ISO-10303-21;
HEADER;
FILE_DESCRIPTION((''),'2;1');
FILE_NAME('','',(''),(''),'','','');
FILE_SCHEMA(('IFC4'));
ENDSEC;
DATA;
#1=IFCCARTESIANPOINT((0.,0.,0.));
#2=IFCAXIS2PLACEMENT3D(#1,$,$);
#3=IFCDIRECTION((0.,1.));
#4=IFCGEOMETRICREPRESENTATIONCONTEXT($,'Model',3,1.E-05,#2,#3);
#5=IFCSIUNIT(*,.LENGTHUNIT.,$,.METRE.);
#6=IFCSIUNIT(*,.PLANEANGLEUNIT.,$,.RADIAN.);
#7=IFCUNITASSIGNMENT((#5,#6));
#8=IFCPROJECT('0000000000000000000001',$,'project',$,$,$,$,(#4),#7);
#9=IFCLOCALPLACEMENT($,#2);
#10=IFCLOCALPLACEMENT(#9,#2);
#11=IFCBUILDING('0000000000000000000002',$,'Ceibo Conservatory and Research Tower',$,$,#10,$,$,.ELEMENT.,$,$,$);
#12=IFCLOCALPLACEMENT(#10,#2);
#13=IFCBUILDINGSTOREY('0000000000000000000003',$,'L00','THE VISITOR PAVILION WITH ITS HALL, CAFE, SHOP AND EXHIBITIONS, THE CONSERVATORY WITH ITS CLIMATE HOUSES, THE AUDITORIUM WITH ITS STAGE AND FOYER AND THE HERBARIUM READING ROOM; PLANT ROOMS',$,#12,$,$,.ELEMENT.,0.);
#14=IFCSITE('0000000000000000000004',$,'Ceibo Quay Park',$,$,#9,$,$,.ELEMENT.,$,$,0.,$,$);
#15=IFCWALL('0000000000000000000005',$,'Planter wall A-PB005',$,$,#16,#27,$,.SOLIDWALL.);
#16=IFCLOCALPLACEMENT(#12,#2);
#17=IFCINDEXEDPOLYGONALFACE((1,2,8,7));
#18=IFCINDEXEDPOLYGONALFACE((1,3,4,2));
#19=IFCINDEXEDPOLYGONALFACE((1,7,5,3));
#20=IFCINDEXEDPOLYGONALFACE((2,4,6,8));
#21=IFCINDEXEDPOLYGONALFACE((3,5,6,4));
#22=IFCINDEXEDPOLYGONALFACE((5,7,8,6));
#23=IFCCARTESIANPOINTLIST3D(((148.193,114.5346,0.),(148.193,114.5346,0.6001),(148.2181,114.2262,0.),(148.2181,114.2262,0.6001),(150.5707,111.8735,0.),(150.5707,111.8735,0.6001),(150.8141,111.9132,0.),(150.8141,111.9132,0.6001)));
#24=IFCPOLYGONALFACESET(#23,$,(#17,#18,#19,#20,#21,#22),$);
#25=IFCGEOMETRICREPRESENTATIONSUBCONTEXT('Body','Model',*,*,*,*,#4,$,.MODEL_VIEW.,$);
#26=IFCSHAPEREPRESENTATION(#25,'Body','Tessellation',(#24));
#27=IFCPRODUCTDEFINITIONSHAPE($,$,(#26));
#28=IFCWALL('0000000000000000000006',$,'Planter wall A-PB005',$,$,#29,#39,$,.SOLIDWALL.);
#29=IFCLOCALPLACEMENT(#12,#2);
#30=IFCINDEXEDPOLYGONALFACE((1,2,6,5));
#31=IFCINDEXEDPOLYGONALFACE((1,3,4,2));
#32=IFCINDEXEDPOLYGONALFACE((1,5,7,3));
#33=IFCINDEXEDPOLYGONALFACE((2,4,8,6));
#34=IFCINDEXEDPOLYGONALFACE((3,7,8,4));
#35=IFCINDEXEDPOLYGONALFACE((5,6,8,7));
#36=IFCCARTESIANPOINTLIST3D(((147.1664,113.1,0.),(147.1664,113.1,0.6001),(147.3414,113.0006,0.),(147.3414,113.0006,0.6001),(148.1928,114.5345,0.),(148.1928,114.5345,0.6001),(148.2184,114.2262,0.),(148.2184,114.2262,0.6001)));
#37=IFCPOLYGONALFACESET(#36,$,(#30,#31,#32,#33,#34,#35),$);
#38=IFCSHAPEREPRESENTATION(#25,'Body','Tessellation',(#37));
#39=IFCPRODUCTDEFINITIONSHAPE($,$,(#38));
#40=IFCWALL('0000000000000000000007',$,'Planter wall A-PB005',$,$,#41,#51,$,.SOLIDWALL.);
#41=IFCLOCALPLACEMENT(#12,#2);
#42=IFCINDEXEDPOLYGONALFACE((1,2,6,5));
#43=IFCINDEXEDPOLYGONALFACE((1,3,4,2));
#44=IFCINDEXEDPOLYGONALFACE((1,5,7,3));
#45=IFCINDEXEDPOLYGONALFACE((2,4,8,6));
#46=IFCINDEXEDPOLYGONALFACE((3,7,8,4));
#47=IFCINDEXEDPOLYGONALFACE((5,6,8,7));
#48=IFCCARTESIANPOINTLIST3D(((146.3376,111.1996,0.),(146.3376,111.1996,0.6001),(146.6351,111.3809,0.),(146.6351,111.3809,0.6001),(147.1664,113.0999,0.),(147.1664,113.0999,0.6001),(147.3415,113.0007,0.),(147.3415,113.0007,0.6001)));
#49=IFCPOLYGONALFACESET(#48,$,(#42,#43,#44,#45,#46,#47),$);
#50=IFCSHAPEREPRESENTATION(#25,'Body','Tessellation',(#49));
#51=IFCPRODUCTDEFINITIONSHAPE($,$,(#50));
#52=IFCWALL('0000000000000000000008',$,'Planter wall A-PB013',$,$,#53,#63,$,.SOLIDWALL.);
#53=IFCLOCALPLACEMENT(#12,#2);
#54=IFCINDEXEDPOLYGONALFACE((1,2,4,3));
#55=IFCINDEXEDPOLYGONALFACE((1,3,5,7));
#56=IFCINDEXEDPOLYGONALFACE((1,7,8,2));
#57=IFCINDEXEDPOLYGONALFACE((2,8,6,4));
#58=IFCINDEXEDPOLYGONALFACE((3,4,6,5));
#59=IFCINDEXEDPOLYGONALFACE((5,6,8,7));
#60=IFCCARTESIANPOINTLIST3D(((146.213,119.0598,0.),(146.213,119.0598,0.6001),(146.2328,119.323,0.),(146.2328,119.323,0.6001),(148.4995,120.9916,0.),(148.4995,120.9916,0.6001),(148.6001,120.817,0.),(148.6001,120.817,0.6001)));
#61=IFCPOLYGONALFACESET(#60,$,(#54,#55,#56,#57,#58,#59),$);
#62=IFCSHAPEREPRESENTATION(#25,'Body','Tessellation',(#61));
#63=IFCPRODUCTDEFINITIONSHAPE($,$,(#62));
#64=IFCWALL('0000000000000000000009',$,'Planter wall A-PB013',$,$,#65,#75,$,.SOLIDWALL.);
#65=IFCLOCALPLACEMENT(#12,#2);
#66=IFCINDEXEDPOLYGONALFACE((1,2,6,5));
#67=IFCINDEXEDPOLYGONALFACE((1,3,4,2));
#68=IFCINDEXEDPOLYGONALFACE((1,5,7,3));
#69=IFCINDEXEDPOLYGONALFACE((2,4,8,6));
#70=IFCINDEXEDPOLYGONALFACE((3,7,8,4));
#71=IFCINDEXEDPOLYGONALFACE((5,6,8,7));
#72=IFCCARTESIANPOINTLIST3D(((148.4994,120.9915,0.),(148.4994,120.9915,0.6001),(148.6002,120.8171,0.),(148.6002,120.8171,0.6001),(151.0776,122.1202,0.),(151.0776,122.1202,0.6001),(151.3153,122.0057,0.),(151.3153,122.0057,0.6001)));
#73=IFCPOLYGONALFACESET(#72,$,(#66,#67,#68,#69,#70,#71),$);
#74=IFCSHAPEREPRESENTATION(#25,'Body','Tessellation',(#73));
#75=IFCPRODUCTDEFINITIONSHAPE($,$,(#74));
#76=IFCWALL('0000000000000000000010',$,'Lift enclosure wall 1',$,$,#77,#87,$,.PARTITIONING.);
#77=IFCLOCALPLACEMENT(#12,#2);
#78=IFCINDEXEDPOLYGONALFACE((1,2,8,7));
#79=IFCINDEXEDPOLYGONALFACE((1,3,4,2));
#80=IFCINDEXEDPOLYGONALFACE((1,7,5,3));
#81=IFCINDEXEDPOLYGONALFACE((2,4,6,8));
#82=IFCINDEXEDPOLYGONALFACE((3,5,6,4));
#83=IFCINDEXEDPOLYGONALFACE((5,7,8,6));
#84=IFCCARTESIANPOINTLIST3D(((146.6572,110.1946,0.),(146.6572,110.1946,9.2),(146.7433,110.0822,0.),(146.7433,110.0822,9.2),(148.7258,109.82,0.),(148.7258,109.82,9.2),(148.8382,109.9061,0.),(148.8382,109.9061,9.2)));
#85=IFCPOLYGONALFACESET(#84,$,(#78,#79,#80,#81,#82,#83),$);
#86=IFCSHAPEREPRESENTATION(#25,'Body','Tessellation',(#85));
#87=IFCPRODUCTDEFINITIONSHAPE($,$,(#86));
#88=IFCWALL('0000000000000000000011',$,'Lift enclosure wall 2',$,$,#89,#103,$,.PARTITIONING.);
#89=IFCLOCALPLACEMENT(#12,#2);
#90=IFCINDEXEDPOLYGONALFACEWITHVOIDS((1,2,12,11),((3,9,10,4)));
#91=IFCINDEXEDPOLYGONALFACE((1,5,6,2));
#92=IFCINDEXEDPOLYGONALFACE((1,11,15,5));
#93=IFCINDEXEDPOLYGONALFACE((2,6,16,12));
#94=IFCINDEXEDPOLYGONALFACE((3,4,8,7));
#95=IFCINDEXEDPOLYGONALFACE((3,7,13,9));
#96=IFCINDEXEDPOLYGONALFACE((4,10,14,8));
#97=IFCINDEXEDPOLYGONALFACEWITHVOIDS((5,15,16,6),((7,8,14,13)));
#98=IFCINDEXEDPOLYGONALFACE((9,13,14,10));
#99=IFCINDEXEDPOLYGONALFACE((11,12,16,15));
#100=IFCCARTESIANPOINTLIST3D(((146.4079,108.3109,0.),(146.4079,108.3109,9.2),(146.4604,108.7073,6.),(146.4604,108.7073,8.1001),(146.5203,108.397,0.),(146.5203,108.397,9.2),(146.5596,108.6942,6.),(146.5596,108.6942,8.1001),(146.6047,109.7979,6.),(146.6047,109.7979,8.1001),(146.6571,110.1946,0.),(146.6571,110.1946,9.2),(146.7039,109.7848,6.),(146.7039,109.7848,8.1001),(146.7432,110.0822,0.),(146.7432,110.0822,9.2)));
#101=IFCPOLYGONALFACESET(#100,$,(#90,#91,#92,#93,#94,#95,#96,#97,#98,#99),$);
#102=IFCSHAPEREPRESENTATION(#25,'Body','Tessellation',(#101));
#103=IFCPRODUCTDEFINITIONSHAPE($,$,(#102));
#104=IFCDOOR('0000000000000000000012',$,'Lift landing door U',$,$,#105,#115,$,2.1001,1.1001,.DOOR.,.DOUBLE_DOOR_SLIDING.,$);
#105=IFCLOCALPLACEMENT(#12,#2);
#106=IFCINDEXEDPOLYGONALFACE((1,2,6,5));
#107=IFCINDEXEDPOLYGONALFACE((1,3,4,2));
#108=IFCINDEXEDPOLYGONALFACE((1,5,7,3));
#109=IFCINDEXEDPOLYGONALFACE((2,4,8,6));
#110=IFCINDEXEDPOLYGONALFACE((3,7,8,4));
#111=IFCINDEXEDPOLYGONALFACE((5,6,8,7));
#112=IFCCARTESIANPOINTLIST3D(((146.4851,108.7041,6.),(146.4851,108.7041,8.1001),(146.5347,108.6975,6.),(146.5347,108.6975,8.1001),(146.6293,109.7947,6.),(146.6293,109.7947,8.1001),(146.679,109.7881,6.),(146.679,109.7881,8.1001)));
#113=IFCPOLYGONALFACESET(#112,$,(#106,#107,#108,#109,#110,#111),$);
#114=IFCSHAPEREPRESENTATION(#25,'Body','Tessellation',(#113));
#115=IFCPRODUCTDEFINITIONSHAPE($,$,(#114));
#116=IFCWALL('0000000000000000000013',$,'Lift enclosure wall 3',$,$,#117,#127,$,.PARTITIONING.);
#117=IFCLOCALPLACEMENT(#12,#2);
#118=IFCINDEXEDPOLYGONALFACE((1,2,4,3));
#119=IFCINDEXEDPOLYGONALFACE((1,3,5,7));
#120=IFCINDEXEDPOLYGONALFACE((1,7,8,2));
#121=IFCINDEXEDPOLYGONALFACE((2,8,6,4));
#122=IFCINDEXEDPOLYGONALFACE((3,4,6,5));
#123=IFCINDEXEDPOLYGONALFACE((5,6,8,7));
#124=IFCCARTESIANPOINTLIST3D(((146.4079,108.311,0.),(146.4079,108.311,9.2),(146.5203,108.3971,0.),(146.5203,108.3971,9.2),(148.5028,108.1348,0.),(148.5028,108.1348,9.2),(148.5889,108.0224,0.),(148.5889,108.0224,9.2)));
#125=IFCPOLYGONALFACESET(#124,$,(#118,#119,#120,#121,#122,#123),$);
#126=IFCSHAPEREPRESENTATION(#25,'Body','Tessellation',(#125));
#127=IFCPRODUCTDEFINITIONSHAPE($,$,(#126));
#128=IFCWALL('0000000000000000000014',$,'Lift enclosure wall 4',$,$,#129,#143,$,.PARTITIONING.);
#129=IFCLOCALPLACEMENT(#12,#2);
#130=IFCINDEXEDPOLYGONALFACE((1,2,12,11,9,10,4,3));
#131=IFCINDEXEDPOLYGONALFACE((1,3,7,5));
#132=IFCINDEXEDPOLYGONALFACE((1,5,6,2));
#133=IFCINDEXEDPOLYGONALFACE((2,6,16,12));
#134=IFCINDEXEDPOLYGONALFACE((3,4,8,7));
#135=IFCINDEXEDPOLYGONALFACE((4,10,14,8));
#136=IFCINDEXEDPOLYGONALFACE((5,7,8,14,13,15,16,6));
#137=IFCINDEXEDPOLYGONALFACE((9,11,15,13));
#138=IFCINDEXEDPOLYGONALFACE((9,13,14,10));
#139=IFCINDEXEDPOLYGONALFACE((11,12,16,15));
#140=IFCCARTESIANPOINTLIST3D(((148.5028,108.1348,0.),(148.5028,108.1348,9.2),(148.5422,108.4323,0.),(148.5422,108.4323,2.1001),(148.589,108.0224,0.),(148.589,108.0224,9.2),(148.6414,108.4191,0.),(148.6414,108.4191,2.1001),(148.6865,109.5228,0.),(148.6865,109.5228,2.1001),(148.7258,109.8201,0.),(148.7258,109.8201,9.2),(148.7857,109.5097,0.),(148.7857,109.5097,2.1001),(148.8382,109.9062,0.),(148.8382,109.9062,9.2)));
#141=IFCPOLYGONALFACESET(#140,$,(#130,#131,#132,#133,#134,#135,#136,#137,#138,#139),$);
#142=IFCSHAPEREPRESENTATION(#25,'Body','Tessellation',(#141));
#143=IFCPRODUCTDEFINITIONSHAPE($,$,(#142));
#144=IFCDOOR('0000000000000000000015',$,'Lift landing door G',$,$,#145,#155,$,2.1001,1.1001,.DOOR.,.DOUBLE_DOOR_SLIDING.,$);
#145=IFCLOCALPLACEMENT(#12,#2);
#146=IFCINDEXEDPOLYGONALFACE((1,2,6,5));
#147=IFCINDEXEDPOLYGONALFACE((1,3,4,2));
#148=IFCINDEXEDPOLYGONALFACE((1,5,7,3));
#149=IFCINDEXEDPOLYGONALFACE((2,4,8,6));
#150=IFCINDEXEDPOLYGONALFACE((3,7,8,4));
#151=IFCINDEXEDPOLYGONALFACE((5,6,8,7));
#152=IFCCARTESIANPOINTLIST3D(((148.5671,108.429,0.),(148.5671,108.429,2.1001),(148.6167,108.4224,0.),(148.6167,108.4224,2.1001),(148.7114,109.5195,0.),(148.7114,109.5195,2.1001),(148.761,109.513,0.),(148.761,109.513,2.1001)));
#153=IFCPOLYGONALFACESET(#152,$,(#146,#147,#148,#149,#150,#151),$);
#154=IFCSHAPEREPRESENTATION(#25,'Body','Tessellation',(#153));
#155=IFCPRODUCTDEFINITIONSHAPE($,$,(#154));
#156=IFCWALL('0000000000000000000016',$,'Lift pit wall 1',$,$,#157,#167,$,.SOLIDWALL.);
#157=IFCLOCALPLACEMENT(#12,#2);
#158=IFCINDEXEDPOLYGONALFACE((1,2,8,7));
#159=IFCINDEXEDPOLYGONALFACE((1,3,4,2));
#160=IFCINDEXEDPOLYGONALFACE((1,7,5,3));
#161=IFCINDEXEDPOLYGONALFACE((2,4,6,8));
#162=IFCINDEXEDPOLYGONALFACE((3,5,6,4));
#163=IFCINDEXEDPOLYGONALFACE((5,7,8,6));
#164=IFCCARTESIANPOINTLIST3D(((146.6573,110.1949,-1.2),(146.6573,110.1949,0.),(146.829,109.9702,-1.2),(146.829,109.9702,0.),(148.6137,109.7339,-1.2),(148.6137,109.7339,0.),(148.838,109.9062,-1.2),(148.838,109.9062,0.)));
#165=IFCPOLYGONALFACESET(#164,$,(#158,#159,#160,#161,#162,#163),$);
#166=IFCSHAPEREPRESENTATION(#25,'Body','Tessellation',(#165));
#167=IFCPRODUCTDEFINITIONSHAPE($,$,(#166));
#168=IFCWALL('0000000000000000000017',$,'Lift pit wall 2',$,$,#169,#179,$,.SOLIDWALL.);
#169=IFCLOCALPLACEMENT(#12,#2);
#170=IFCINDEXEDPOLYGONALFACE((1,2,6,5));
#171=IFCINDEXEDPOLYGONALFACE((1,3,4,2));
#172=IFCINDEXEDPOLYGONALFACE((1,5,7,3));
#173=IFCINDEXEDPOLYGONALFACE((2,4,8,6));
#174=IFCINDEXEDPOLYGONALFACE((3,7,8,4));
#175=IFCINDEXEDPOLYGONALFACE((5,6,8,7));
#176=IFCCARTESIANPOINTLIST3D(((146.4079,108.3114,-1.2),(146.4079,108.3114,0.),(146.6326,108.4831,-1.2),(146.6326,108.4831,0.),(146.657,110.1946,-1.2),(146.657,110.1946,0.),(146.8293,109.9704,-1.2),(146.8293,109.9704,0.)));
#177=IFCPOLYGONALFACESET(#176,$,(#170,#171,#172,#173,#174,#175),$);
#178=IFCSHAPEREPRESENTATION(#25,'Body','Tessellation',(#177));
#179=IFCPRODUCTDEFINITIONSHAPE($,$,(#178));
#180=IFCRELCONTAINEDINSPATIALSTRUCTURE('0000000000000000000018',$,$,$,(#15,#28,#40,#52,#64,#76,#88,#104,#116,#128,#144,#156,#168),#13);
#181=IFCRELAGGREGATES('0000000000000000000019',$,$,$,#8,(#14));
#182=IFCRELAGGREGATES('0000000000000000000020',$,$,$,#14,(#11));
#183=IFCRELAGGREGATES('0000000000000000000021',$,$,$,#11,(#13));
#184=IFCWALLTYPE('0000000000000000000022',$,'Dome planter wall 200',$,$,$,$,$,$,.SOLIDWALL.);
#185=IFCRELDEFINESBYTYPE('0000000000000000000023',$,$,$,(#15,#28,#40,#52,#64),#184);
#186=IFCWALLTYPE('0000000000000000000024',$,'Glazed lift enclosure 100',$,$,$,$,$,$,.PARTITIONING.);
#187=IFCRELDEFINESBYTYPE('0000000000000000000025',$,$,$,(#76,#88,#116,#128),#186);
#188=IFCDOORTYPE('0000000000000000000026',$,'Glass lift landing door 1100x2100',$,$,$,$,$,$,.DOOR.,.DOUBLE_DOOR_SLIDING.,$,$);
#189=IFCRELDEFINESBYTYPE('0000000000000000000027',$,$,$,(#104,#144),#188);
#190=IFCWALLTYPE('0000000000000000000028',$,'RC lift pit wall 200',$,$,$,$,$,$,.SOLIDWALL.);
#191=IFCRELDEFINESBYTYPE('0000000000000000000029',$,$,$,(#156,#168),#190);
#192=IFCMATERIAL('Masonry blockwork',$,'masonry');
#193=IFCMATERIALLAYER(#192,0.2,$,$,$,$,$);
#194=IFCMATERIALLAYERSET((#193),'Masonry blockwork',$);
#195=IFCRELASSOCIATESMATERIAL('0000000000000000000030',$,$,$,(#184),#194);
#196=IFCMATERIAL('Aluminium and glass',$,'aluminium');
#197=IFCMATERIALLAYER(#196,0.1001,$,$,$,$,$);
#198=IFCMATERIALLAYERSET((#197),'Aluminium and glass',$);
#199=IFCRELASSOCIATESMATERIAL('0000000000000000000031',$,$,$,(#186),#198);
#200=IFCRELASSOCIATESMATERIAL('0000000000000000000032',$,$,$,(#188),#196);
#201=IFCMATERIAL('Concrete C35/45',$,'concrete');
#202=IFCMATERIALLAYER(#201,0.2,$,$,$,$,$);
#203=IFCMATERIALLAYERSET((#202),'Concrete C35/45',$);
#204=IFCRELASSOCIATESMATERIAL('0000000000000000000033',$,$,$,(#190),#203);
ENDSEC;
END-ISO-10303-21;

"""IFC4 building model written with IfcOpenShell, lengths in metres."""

from ifc_helpers import new_model, si_unit, direction, frame, frame_2d, origin, place, context, subcontext, project, spatial, polyline, rectangle, outline, extrude, material, layer, layer_set, type_object, element, fill, save


model = new_model("IFC4")

# Units and contexts
model_context = context("Model", 3, precision=1e-05, world=origin(), true_north=direction((0.0, 1.0)))
body_context = subcontext(model_context, "Body", "Model", "MODEL_VIEW")
ifc_project = project(units=[si_unit("LENGTHUNIT", "METRE"), si_unit("PLANEANGLEUNIT", "RADIAN")], contexts=[model_context])

# Site, building, storey
site_placement = place(None, origin())
site = spatial("IfcSite", under=ifc_project, at=site_placement, Name="Ceibo Quay Park", CompositionType="ELEMENT", RefElevation=0.0)
building_placement = place(site_placement, origin())
building = spatial("IfcBuilding", under=site, at=building_placement, Name="Ceibo Conservatory and Research Tower", CompositionType="ELEMENT")
storey_placement = place(building_placement, origin())
storey = spatial("IfcBuildingStorey", under=building, at=storey_placement, Name="L00", Description="THE VISITOR PAVILION WITH ITS HALL, CAFE, SHOP AND EXHIBITIONS, THE CONSERVATORY WITH ITS CLIMATE HOUSES, THE AUDITORIUM WITH ITS STAGE AND FOYER AND THE HERBARIUM READING ROOM; PLANT ROOMS", CompositionType="ELEMENT", Elevation=0.0)

# Shared definitions
ifc_material_1 = material(Name="Concrete C35/45", Category="concrete")

# Walls
ifc_material_2 = material(Name="Masonry blockwork", Category="masonry")
ifc_layer_1 = layer(ifc_material_2, 0.2)
ifc_layer_set_1 = layer_set([ifc_layer_1], Name="Masonry blockwork")
wall_type_1 = type_object("IfcWallType", Name="Dome planter wall 200", PredefinedType="SOLIDWALL", material=ifc_layer_set_1)
wall_1_placement = place(storey_placement, frame((150.6924, 111.8933, 0.0), z_axis=(0.0, 0.0, 1.0), x_axis=(-0.707072, 0.707141, 0.0)))
element("IfcWall", 1, at=wall_1_placement, inside=storey, type_object=wall_type_1, Name="Planter wall A-PB005", PredefinedType="SOLIDWALL", context=body_context, shape_type="SweptSolid", body=[
    extrude(outline(polyline([(-0.072, -0.1001), (3.635, -0.1001), (3.3992, 0.1001), (0.072, 0.1001), (-0.072, -0.1001)])), origin(), (0.0, 0.0, 1.0), 0.6001),
])
wall_2_placement = place(storey_placement, frame((148.2056, 114.3804, 0.0), z_axis=(0.0, 0.0, 1.0), x_axis=(-0.581888, -0.813269, 0.0)))
element("IfcWall", 2, at=wall_2_placement, inside=storey, type_object=wall_type_1, Name="Planter wall A-PB005", PredefinedType="SOLIDWALL", context=body_context, shape_type="SweptSolid", body=[
    extrude(outline(polyline([(-0.1179, -0.1001), (1.646, -0.1001), (1.625, 0.1001), (0.1179, 0.1001), (-0.1179, -0.1001)])), origin(), (0.0, 0.0, 1.0), 0.6001),
])
wall_3_placement = place(storey_placement, frame((147.2539, 113.0503, 0.0), z_axis=(0.0, 0.0, 1.0), x_axis=(-0.399758, -0.916621, 0.0)))
element("IfcWall", 3, at=wall_3_placement, inside=storey, type_object=wall_type_1, Name="Planter wall A-PB005", PredefinedType="SOLIDWALL", context=body_context, shape_type="SweptSolid", body=[
    extrude(outline(polyline([(-0.0105, -0.1001), (2.0627, -0.1001), (1.7776, 0.1001), (0.0105, 0.1001), (-0.0105, -0.1001)])), origin(), (0.0, 0.0, 1.0), 0.6001),
])
wall_4_placement = place(storey_placement, frame((146.2229, 119.1914, 0.0), z_axis=(0.0, 0.0, 1.0), x_axis=(0.805332, 0.592824, 0.0)))
element("IfcWall", 4, at=wall_4_placement, inside=storey, type_object=wall_type_1, Name="Planter wall A-PB013", PredefinedType="SOLIDWALL", context=body_context, shape_type="SweptSolid", body=[
    extrude(outline(polyline([(-0.0859, -0.1001), (2.8782, -0.1001), (2.9006, 0.1001), (0.0859, 0.1001), (-0.0859, -0.1001)])), origin(), (0.0, 0.0, 1.0), 0.6001),
])
wall_5_placement = place(storey_placement, frame((148.5498, 120.9043, 0.0), z_axis=(0.0, 0.0, 1.0), x_axis=(0.916062, 0.401036, 0.0)))
element("IfcWall", 5, at=wall_5_placement, inside=storey, type_object=wall_type_1, Name="Planter wall A-PB013", PredefinedType="SOLIDWALL", context=body_context, shape_type="SweptSolid", body=[
    extrude(outline(polyline([(0.0112, -0.1001), (2.9751, -0.1001), (2.8032, 0.1001), (-0.0112, 0.1001), (0.0112, -0.1001)])), origin(), (0.0, 0.0, 1.0), 0.6001),
])
ifc_material_3 = material(Name="Aluminium and glass", Category="aluminium")
ifc_layer_2 = layer(ifc_material_3, 0.1001)
ifc_layer_set_2 = layer_set([ifc_layer_2], Name="Aluminium and glass")
wall_type_2 = type_object("IfcWallType", Name="Glazed lift enclosure 100", PredefinedType="PARTITIONING", material=ifc_layer_set_2)
wall_6_placement = place(storey_placement, frame((148.782, 109.863, 0.0), z_axis=(0.0, 0.0, 1.0), x_axis=(-0.991363, 0.131143, 0.0)))
element("IfcWall", 6, at=wall_6_placement, inside=storey, type_object=wall_type_2, Name="Lift enclosure wall 1", PredefinedType="PARTITIONING", context=body_context, shape_type="SweptSolid", body=[
    extrude(outline(polyline([(-0.05, -0.05), (2.1499, -0.05), (2.0498, 0.05), (0.05, 0.05), (-0.05, -0.05)])), origin(), (0.0, 0.0, 1.0), 9.2),
])

# Wall, opening, door
wall_7_placement = place(storey_placement, frame((146.7002, 110.1384, 0.0), z_axis=(0.0, 0.0, 1.0), x_axis=(-0.13116, -0.991361, 0.0)))
wall_7 = element("IfcWall", 7, at=wall_7_placement, inside=storey, type_object=wall_type_2, Name="Lift enclosure wall 2", PredefinedType="PARTITIONING", context=body_context, shape_type="SweptSolid", body=[
    extrude(outline(polyline([(-0.05, -0.05), (1.8501, -0.05), (1.75, 0.05), (0.05, 0.05), (-0.05, -0.05)])), origin(), (0.0, 0.0, 1.0), 9.2),
])
opening_1_placement = place(wall_7_placement, frame((0.3501, 0.0, 6.0)))
opening_1 = element("IfcOpeningElement", 8, at=opening_1_placement, cuts=wall_7, PredefinedType="OPENING", context=body_context, shape_type="SweptSolid", body=[
    extrude(rectangle(XDim=1.1001, YDim=2.1001, at=frame_2d((0.55, 1.05))), frame((0.0, 0.0601, 0.0), z_axis=(0.0, -1.0, 0.0), x_axis=(1.0, 0.0, 0.0)), (0.0, 0.0, 1.0), 0.1201),
])
door_type = type_object("IfcDoorType", Name="Glass lift landing door 1100x2100", OperationType="DOUBLE_DOOR_SLIDING", PredefinedType="DOOR", material=ifc_material_3)
door_1_placement = place(opening_1_placement, origin())
door_1 = element("IfcDoor", 9, at=door_1_placement, inside=storey, type_object=door_type, Name="Lift landing door U", OperationType="DOUBLE_DOOR_SLIDING", OverallHeight=2.1001, OverallWidth=1.1001, PredefinedType="DOOR", context=body_context, shape_type="SweptSolid", body=[
    extrude(rectangle(XDim=1.1001, YDim=2.1001, at=frame_2d((0.55, 1.05))), frame((0.0, 0.0249, 0.0), z_axis=(0.0, -1.0, 0.0), x_axis=(1.0, 0.0, 0.0)), (0.0, 0.0, 1.0), 0.05),
])
fill(opening_1, door_1)

# Wall
wall_8_placement = place(storey_placement, frame((146.4641, 108.354, 0.0), z_axis=(0.0, 0.0, 1.0), x_axis=(0.991363, -0.131143, 0.0)))
element("IfcWall", 10, at=wall_8_placement, inside=storey, type_object=wall_type_2, Name="Lift enclosure wall 3", PredefinedType="PARTITIONING", context=body_context, shape_type="SweptSolid", body=[
    extrude(outline(polyline([(-0.05, -0.05), (2.1499, -0.05), (2.0498, 0.05), (0.05, 0.05), (-0.05, -0.05)])), origin(), (0.0, 0.0, 1.0), 9.2),
])

# Wall, opening, door
wall_9_placement = place(storey_placement, frame((148.5459, 108.0786, 0.0), z_axis=(0.0, 0.0, 1.0), x_axis=(0.13116, 0.991361, 0.0)))
wall_9 = element("IfcWall", 11, at=wall_9_placement, inside=storey, type_object=wall_type_2, Name="Lift enclosure wall 4", PredefinedType="PARTITIONING", context=body_context, shape_type="SweptSolid", body=[
    extrude(outline(polyline([(-0.05, -0.05), (1.8501, -0.05), (1.75, 0.05), (0.05, 0.05), (-0.05, -0.05)])), origin(), (0.0, 0.0, 1.0), 9.2),
])
opening_2_placement = place(wall_9_placement, frame((0.3501, 0.0, 0.0)))
opening_2 = element("IfcOpeningElement", 12, at=opening_2_placement, cuts=wall_9, PredefinedType="OPENING", context=body_context, shape_type="SweptSolid", body=[
    extrude(rectangle(XDim=1.1001, YDim=2.1001, at=frame_2d((0.55, 1.05))), frame((0.0, 0.0601, 0.0), z_axis=(0.0, -1.0, 0.0), x_axis=(1.0, 0.0, 0.0)), (0.0, 0.0, 1.0), 0.1201),
])
door_2_placement = place(opening_2_placement, origin())
door_2 = element("IfcDoor", 13, at=door_2_placement, inside=storey, type_object=door_type, Name="Lift landing door G", OperationType="DOUBLE_DOOR_SLIDING", OverallHeight=2.1001, OverallWidth=1.1001, PredefinedType="DOOR", context=body_context, shape_type="SweptSolid", body=[
    extrude(rectangle(XDim=1.1001, YDim=2.1001, at=frame_2d((0.55, 1.05))), frame((0.0, 0.0249, 0.0), z_axis=(0.0, -1.0, 0.0), x_axis=(1.0, 0.0, 0.0)), (0.0, 0.0, 1.0), 0.05),
])
fill(opening_2, door_2)

# Walls
ifc_layer_3 = layer(ifc_material_1, 0.2)
ifc_layer_set_3 = layer_set([ifc_layer_3], Name="Concrete C35/45")
wall_type_3 = type_object("IfcWallType", Name="RC lift pit wall 200", PredefinedType="SOLIDWALL", material=ifc_layer_set_3)
wall_10_placement = place(storey_placement, frame((148.7258, 109.8201, -1.2), z_axis=(0.0, 0.0, 1.0), x_axis=(-0.991352, 0.131228, 0.0)))
element("IfcWall", 14, at=wall_10_placement, inside=storey, type_object=wall_type_3, Name="Lift pit wall 1", PredefinedType="SOLIDWALL", context=body_context, shape_type="SweptSolid", body=[
    extrude(outline(polyline([(-0.0999, -0.1001), (2.0999, -0.1001), (1.9001, 0.1001), (0.0999, 0.1001), (-0.0999, -0.1001)])), origin(), (0.0, 0.0, 1.0), 1.2),
])
wall_11_placement = place(storey_placement, frame((146.7432, 110.0825, -1.2), z_axis=(0.0, 0.0, 1.0), x_axis=(-0.131119, -0.991367, 0.0)))
element("IfcWall", 15, at=wall_11_placement, inside=storey, type_object=wall_type_3, Name="Lift pit wall 2", PredefinedType="SOLIDWALL", context=body_context, shape_type="SweptSolid", body=[
    extrude(outline(polyline([(-0.0999, -0.1001), (1.7998, -0.1001), (1.6001, 0.1001), (0.0999, 0.1001), (-0.0999, -0.1001)])), origin(), (0.0, 0.0, 1.0), 1.2),
])

save(model, "model.ifc")
